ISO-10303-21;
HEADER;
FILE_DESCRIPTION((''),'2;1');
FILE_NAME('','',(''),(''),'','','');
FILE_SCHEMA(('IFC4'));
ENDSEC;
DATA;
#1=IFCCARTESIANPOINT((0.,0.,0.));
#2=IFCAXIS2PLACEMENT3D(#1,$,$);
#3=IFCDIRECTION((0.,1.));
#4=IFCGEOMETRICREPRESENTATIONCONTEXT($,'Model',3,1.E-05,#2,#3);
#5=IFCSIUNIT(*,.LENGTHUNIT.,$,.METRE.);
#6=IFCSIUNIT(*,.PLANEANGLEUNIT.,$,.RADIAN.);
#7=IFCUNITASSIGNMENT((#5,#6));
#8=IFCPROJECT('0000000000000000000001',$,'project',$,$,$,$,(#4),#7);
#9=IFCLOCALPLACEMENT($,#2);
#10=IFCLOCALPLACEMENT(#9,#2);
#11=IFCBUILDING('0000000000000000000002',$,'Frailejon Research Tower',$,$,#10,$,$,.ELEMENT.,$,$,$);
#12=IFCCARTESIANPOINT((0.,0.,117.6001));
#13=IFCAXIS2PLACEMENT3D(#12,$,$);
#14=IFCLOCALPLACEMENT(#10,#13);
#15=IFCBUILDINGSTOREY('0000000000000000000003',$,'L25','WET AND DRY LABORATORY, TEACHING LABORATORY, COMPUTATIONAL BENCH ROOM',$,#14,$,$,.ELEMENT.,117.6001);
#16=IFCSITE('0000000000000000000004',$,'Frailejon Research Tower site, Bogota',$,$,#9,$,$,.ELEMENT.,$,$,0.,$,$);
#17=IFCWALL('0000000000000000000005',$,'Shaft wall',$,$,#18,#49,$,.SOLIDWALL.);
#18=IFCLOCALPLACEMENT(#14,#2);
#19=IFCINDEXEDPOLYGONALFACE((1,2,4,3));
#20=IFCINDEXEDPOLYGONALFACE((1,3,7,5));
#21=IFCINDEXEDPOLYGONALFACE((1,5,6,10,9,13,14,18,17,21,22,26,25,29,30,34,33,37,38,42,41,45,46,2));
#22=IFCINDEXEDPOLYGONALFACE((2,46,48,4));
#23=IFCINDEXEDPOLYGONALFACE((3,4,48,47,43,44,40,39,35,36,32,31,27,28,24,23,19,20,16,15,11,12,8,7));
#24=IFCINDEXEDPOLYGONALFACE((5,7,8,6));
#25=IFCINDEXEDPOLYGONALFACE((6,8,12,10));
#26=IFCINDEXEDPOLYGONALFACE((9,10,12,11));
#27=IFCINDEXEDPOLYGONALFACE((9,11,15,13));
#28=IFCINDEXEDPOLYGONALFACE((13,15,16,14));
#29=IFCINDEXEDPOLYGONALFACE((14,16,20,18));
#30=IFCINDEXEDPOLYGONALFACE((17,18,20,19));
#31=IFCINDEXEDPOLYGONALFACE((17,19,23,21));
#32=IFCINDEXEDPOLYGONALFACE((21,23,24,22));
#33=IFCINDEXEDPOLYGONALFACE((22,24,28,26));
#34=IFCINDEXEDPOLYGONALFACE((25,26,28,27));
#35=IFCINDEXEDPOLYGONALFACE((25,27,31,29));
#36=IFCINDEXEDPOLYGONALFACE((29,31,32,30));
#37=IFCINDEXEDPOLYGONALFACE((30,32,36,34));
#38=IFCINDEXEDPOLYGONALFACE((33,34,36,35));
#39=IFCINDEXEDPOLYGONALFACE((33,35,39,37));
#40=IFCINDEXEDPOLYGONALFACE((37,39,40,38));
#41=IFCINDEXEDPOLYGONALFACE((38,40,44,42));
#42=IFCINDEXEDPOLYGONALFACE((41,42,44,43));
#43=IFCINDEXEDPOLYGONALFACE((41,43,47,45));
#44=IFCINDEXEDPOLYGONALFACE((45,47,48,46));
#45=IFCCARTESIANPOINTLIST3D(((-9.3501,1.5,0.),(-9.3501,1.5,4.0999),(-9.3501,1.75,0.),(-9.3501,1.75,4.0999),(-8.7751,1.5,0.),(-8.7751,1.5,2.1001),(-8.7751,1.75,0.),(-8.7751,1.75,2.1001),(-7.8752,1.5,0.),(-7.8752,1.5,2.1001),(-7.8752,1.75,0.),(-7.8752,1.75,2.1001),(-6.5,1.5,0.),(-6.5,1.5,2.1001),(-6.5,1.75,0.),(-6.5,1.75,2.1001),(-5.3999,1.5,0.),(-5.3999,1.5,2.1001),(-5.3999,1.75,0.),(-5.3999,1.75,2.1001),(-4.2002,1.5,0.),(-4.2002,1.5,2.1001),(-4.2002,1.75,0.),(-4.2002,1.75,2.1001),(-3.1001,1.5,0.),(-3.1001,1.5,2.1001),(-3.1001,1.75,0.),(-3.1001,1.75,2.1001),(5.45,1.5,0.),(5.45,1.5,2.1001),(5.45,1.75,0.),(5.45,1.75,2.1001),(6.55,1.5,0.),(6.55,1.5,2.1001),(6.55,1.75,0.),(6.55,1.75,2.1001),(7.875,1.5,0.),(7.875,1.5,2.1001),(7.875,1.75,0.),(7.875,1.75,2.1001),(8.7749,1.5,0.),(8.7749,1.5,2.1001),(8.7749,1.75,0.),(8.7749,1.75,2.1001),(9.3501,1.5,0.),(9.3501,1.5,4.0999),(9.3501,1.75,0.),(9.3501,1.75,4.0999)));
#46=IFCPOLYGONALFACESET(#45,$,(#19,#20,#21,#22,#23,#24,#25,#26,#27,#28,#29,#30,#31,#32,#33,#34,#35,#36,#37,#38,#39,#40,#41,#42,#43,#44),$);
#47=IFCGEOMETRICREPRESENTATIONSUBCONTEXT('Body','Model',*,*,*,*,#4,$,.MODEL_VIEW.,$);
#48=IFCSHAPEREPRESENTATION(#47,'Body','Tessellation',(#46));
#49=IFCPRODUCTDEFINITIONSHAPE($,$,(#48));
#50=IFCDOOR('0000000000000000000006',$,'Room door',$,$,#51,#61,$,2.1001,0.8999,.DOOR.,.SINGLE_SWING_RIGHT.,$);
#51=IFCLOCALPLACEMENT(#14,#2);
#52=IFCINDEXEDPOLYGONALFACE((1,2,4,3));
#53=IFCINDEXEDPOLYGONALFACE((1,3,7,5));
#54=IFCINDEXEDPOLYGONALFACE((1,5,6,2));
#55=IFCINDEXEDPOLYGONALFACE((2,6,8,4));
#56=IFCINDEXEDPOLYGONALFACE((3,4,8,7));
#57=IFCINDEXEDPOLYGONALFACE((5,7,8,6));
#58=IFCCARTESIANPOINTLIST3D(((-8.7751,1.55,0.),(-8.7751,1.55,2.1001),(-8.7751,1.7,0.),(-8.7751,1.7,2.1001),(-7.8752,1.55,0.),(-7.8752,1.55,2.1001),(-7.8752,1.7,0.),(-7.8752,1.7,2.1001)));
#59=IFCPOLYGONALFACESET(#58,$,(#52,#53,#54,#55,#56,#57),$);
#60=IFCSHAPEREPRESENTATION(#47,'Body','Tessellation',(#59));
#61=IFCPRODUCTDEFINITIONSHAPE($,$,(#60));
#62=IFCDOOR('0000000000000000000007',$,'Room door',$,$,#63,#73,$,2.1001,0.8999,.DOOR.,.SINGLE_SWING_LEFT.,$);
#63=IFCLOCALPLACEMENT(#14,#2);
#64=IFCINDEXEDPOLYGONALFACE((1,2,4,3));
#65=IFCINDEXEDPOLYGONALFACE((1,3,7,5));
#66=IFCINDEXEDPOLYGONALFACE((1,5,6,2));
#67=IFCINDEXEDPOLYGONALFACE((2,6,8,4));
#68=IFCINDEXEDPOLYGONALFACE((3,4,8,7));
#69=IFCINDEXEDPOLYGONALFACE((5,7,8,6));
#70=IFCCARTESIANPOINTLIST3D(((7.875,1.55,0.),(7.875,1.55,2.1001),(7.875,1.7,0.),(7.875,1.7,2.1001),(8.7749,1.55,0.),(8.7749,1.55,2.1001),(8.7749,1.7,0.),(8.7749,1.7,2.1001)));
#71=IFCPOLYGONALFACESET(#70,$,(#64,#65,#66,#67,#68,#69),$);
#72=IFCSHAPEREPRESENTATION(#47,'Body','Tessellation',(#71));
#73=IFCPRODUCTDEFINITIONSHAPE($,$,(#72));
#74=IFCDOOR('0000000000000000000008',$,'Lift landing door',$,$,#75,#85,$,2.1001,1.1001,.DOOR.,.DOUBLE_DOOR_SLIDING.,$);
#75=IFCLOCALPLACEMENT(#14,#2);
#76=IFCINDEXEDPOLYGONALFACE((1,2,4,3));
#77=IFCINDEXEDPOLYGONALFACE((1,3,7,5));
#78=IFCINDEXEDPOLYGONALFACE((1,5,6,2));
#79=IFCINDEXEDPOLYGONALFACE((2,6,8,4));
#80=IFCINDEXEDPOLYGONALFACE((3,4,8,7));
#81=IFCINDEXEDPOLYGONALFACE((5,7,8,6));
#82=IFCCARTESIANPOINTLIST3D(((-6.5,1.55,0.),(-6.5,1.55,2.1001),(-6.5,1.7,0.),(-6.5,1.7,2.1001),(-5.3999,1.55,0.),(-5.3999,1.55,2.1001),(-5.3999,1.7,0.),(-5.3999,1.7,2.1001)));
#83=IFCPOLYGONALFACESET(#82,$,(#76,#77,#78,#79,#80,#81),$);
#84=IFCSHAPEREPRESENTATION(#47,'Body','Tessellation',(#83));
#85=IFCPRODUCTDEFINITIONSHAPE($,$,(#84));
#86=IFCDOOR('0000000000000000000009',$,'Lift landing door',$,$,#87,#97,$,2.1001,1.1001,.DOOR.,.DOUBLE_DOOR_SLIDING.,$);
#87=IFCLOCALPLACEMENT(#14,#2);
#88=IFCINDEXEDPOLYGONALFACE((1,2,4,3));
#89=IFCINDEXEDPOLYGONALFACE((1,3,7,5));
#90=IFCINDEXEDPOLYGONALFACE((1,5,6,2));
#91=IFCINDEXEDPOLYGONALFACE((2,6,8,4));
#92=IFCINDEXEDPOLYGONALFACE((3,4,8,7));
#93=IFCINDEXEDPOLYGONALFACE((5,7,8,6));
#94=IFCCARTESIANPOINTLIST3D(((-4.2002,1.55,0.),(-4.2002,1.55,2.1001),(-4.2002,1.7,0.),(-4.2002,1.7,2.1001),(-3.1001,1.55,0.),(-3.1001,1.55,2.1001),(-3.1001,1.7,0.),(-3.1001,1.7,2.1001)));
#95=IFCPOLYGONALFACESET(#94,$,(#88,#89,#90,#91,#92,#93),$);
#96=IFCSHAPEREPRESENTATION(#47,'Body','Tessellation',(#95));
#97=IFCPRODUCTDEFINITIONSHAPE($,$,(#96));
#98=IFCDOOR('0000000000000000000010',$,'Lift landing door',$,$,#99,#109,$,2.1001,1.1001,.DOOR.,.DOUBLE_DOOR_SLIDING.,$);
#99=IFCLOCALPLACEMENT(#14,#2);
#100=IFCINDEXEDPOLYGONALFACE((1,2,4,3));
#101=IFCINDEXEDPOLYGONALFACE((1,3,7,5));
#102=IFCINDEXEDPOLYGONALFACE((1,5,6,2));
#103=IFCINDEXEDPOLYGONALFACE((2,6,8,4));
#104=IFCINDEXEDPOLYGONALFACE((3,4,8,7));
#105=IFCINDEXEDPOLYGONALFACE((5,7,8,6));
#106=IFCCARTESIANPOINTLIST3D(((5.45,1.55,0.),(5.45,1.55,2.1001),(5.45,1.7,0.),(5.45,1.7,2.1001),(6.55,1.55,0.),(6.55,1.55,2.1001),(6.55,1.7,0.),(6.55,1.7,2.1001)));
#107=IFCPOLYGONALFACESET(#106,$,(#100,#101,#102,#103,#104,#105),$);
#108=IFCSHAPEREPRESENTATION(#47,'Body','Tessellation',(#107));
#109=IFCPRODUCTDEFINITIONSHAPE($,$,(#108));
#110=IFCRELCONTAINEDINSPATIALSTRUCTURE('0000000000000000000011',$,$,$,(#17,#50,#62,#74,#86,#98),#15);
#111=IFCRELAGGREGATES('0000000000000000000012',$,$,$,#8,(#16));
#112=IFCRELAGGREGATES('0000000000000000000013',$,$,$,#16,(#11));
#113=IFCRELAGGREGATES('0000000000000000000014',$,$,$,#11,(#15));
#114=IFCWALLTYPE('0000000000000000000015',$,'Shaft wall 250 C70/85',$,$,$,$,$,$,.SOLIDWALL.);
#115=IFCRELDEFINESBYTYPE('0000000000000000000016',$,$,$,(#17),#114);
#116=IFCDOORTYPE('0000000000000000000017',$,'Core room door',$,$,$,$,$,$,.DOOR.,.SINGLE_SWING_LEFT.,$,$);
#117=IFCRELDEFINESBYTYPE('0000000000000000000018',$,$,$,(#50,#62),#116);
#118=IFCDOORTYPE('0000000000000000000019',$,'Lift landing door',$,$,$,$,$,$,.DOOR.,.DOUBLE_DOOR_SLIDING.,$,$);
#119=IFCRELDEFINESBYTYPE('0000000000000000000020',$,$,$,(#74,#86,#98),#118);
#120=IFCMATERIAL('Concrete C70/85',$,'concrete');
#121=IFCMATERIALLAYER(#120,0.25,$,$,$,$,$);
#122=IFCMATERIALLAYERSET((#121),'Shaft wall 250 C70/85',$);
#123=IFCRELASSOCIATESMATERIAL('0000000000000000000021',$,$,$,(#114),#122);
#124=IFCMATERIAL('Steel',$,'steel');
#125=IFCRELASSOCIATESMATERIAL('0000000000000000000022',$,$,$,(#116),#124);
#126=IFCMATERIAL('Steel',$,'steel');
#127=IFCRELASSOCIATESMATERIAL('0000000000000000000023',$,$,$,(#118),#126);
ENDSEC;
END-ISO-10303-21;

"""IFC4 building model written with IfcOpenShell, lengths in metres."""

from ifc_helpers import new_model, si_unit, direction, frame, frame_2d, origin, place, context, subcontext, project, spatial, rectangle, extrude, material, layer, layer_set, type_object, element, fill, save


model = new_model("IFC4")

# Units and contexts
model_context = context("Model", 3, precision=1e-05, world=origin(), true_north=direction((0.0, 1.0)))
body_context = subcontext(model_context, "Body", "Model", "MODEL_VIEW")
ifc_project = project(units=[si_unit("LENGTHUNIT", "METRE"), si_unit("PLANEANGLEUNIT", "RADIAN")], contexts=[model_context])

# Site, building, storey
site_placement = place(None, origin())
site = spatial("IfcSite", under=ifc_project, at=site_placement, Name="Frailejon Research Tower site, Bogota", CompositionType="ELEMENT", RefElevation=0.0)
building_placement = place(site_placement, origin())
building = spatial("IfcBuilding", under=site, at=building_placement, Name="Frailejon Research Tower", CompositionType="ELEMENT")
storey_placement = place(building_placement, frame((0.0, 0.0, 117.6001)))
storey = spatial("IfcBuildingStorey", under=building, at=storey_placement, Name="L25", Description="WET AND DRY LABORATORY, TEACHING LABORATORY, COMPUTATIONAL BENCH ROOM", CompositionType="ELEMENT", Elevation=117.6001)

# Wall, openings, doors
ifc_material_1 = material(Name="Concrete C70/85", Category="concrete")
ifc_layer_1 = layer(ifc_material_1, 0.25)
ifc_layer_set_1 = layer_set([ifc_layer_1], Name="Shaft wall 250 C70/85")
wall_type_1 = type_object("IfcWallType", Name="Shaft wall 250 C70/85", PredefinedType="SOLIDWALL", material=ifc_layer_set_1)
ifc_material_2 = material(Name="Steel", Category="steel")
door_type_1 = type_object("IfcDoorType", Name="Core room door", OperationType="SINGLE_SWING_LEFT", PredefinedType="DOOR", material=ifc_material_2)
wall_1_placement = place(storey_placement, frame((-9.3501, 1.625, 0.0), z_axis=(0.0, 0.0, 1.0), x_axis=(1.0, 0.0, 0.0)))
wall_1 = element("IfcWall", 1, at=wall_1_placement, inside=storey, type_object=wall_type_1, Name="Shaft wall", PredefinedType="SOLIDWALL", context=body_context, shape_type="SweptSolid", body=[
    extrude(rectangle(XDim=18.7002, YDim=0.25, at=frame_2d((9.3501, 0.0))), origin(), (0.0, 0.0, 1.0), 4.0999),
])
opening_1_placement = place(wall_1_placement, frame((2.8501, 0.0, 0.0)))
opening_1 = element("IfcOpeningElement", 2, at=opening_1_placement, cuts=wall_1, PredefinedType="OPENING", context=body_context, shape_type="SweptSolid", body=[
    extrude(rectangle(XDim=1.1001, YDim=2.1001, at=frame_2d((0.55, 1.05))), frame((0.0, 0.135, 0.0), z_axis=(0.0, -1.0, 0.0), x_axis=(1.0, 0.0, 0.0)), (0.0, 0.0, 1.0), 0.27),
])
opening_2_placement = place(wall_1_placement, frame((5.1499, 0.0, 0.0)))
opening_2 = element("IfcOpeningElement", 3, at=opening_2_placement, cuts=wall_1, PredefinedType="OPENING", context=body_context, shape_type="SweptSolid", body=[
    extrude(rectangle(XDim=1.1001, YDim=2.1001, at=frame_2d((0.55, 1.05))), frame((0.0, 0.135, 0.0), z_axis=(0.0, -1.0, 0.0), x_axis=(1.0, 0.0, 0.0)), (0.0, 0.0, 1.0), 0.27),
])
opening_3_placement = place(wall_1_placement, frame((14.8, 0.0, 0.0)))
opening_3 = element("IfcOpeningElement", 4, at=opening_3_placement, cuts=wall_1, PredefinedType="OPENING", context=body_context, shape_type="SweptSolid", body=[
    extrude(rectangle(XDim=1.1001, YDim=2.1001, at=frame_2d((0.55, 1.05))), frame((0.0, 0.135, 0.0), z_axis=(0.0, -1.0, 0.0), x_axis=(1.0, 0.0, 0.0)), (0.0, 0.0, 1.0), 0.27),
])
opening_4_placement = place(wall_1_placement, frame((0.575, 0.0, 0.0)))
opening_4 = element("IfcOpeningElement", 5, at=opening_4_placement, cuts=wall_1, PredefinedType="OPENING", context=body_context, shape_type="SweptSolid", body=[
    extrude(rectangle(XDim=0.8999, YDim=2.1001, at=frame_2d((0.45, 1.05))), frame((0.0, 0.135, 0.0), z_axis=(0.0, -1.0, 0.0), x_axis=(1.0, 0.0, 0.0)), (0.0, 0.0, 1.0), 0.27),
])
opening_5_placement = place(wall_1_placement, frame((17.2251, 0.0, 0.0)))
opening_5 = element("IfcOpeningElement", 6, at=opening_5_placement, cuts=wall_1, PredefinedType="OPENING", context=body_context, shape_type="SweptSolid", body=[
    extrude(rectangle(XDim=0.8999, YDim=2.1001, at=frame_2d((0.45, 1.05))), frame((0.0, 0.135, 0.0), z_axis=(0.0, -1.0, 0.0), x_axis=(1.0, 0.0, 0.0)), (0.0, 0.0, 1.0), 0.27),
])
door_1_placement = place(opening_4_placement, origin())
door_1 = element("IfcDoor", 7, at=door_1_placement, inside=storey, type_object=door_type_1, Name="Room door", OperationType="SINGLE_SWING_RIGHT", OverallHeight=2.1001, OverallWidth=0.8999, PredefinedType="DOOR", context=body_context, shape_type="SweptSolid", body=[
    extrude(rectangle(XDim=0.8999, YDim=2.1001, at=frame_2d((0.45, 1.05))), frame((0.0, 0.075, 0.0), z_axis=(0.0, -1.0, 0.0), x_axis=(1.0, 0.0, 0.0)), (0.0, 0.0, 1.0), 0.1499),
])
fill(opening_4, door_1)
door_2_placement = place(opening_5_placement, origin())
door_2 = element("IfcDoor", 8, at=door_2_placement, inside=storey, type_object=door_type_1, Name="Room door", OperationType="SINGLE_SWING_LEFT", OverallHeight=2.1001, OverallWidth=0.8999, PredefinedType="DOOR", context=body_context, shape_type="SweptSolid", body=[
    extrude(rectangle(XDim=0.8999, YDim=2.1001, at=frame_2d((0.45, 1.05))), frame((0.0, 0.075, 0.0), z_axis=(0.0, -1.0, 0.0), x_axis=(1.0, 0.0, 0.0)), (0.0, 0.0, 1.0), 0.1499),
])
fill(opening_5, door_2)
ifc_material_3 = material(Name="Steel", Category="steel")
door_type_2 = type_object("IfcDoorType", Name="Lift landing door", OperationType="DOUBLE_DOOR_SLIDING", PredefinedType="DOOR", material=ifc_material_3)
door_3_placement = place(opening_1_placement, origin())
door_3 = element("IfcDoor", 9, at=door_3_placement, inside=storey, type_object=door_type_2, Name="Lift landing door", OperationType="DOUBLE_DOOR_SLIDING", OverallHeight=2.1001, OverallWidth=1.1001, PredefinedType="DOOR", context=body_context, shape_type="SweptSolid", body=[
    extrude(rectangle(XDim=1.1001, YDim=2.1001, at=frame_2d((0.55, 1.05))), frame((0.0, 0.075, 0.0), z_axis=(0.0, -1.0, 0.0), x_axis=(1.0, 0.0, 0.0)), (0.0, 0.0, 1.0), 0.1499),
])
fill(opening_1, door_3)
door_4_placement = place(opening_2_placement, origin())
door_4 = element("IfcDoor", 10, at=door_4_placement, inside=storey, type_object=door_type_2, Name="Lift landing door", OperationType="DOUBLE_DOOR_SLIDING", OverallHeight=2.1001, OverallWidth=1.1001, PredefinedType="DOOR", context=body_context, shape_type="SweptSolid", body=[
    extrude(rectangle(XDim=1.1001, YDim=2.1001, at=frame_2d((0.55, 1.05))), frame((0.0, 0.075, 0.0), z_axis=(0.0, -1.0, 0.0), x_axis=(1.0, 0.0, 0.0)), (0.0, 0.0, 1.0), 0.1499),
])
fill(opening_2, door_4)
door_5_placement = place(opening_3_placement, origin())
door_5 = element("IfcDoor", 11, at=door_5_placement, inside=storey, type_object=door_type_2, Name="Lift landing door", OperationType="DOUBLE_DOOR_SLIDING", OverallHeight=2.1001, OverallWidth=1.1001, PredefinedType="DOOR", context=body_context, shape_type="SweptSolid", body=[
    extrude(rectangle(XDim=1.1001, YDim=2.1001, at=frame_2d((0.55, 1.05))), frame((0.0, 0.075, 0.0), z_axis=(0.0, -1.0, 0.0), x_axis=(1.0, 0.0, 0.0)), (0.0, 0.0, 1.0), 0.1499),
])
fill(opening_3, door_5)

save(model, "model.ifc")
